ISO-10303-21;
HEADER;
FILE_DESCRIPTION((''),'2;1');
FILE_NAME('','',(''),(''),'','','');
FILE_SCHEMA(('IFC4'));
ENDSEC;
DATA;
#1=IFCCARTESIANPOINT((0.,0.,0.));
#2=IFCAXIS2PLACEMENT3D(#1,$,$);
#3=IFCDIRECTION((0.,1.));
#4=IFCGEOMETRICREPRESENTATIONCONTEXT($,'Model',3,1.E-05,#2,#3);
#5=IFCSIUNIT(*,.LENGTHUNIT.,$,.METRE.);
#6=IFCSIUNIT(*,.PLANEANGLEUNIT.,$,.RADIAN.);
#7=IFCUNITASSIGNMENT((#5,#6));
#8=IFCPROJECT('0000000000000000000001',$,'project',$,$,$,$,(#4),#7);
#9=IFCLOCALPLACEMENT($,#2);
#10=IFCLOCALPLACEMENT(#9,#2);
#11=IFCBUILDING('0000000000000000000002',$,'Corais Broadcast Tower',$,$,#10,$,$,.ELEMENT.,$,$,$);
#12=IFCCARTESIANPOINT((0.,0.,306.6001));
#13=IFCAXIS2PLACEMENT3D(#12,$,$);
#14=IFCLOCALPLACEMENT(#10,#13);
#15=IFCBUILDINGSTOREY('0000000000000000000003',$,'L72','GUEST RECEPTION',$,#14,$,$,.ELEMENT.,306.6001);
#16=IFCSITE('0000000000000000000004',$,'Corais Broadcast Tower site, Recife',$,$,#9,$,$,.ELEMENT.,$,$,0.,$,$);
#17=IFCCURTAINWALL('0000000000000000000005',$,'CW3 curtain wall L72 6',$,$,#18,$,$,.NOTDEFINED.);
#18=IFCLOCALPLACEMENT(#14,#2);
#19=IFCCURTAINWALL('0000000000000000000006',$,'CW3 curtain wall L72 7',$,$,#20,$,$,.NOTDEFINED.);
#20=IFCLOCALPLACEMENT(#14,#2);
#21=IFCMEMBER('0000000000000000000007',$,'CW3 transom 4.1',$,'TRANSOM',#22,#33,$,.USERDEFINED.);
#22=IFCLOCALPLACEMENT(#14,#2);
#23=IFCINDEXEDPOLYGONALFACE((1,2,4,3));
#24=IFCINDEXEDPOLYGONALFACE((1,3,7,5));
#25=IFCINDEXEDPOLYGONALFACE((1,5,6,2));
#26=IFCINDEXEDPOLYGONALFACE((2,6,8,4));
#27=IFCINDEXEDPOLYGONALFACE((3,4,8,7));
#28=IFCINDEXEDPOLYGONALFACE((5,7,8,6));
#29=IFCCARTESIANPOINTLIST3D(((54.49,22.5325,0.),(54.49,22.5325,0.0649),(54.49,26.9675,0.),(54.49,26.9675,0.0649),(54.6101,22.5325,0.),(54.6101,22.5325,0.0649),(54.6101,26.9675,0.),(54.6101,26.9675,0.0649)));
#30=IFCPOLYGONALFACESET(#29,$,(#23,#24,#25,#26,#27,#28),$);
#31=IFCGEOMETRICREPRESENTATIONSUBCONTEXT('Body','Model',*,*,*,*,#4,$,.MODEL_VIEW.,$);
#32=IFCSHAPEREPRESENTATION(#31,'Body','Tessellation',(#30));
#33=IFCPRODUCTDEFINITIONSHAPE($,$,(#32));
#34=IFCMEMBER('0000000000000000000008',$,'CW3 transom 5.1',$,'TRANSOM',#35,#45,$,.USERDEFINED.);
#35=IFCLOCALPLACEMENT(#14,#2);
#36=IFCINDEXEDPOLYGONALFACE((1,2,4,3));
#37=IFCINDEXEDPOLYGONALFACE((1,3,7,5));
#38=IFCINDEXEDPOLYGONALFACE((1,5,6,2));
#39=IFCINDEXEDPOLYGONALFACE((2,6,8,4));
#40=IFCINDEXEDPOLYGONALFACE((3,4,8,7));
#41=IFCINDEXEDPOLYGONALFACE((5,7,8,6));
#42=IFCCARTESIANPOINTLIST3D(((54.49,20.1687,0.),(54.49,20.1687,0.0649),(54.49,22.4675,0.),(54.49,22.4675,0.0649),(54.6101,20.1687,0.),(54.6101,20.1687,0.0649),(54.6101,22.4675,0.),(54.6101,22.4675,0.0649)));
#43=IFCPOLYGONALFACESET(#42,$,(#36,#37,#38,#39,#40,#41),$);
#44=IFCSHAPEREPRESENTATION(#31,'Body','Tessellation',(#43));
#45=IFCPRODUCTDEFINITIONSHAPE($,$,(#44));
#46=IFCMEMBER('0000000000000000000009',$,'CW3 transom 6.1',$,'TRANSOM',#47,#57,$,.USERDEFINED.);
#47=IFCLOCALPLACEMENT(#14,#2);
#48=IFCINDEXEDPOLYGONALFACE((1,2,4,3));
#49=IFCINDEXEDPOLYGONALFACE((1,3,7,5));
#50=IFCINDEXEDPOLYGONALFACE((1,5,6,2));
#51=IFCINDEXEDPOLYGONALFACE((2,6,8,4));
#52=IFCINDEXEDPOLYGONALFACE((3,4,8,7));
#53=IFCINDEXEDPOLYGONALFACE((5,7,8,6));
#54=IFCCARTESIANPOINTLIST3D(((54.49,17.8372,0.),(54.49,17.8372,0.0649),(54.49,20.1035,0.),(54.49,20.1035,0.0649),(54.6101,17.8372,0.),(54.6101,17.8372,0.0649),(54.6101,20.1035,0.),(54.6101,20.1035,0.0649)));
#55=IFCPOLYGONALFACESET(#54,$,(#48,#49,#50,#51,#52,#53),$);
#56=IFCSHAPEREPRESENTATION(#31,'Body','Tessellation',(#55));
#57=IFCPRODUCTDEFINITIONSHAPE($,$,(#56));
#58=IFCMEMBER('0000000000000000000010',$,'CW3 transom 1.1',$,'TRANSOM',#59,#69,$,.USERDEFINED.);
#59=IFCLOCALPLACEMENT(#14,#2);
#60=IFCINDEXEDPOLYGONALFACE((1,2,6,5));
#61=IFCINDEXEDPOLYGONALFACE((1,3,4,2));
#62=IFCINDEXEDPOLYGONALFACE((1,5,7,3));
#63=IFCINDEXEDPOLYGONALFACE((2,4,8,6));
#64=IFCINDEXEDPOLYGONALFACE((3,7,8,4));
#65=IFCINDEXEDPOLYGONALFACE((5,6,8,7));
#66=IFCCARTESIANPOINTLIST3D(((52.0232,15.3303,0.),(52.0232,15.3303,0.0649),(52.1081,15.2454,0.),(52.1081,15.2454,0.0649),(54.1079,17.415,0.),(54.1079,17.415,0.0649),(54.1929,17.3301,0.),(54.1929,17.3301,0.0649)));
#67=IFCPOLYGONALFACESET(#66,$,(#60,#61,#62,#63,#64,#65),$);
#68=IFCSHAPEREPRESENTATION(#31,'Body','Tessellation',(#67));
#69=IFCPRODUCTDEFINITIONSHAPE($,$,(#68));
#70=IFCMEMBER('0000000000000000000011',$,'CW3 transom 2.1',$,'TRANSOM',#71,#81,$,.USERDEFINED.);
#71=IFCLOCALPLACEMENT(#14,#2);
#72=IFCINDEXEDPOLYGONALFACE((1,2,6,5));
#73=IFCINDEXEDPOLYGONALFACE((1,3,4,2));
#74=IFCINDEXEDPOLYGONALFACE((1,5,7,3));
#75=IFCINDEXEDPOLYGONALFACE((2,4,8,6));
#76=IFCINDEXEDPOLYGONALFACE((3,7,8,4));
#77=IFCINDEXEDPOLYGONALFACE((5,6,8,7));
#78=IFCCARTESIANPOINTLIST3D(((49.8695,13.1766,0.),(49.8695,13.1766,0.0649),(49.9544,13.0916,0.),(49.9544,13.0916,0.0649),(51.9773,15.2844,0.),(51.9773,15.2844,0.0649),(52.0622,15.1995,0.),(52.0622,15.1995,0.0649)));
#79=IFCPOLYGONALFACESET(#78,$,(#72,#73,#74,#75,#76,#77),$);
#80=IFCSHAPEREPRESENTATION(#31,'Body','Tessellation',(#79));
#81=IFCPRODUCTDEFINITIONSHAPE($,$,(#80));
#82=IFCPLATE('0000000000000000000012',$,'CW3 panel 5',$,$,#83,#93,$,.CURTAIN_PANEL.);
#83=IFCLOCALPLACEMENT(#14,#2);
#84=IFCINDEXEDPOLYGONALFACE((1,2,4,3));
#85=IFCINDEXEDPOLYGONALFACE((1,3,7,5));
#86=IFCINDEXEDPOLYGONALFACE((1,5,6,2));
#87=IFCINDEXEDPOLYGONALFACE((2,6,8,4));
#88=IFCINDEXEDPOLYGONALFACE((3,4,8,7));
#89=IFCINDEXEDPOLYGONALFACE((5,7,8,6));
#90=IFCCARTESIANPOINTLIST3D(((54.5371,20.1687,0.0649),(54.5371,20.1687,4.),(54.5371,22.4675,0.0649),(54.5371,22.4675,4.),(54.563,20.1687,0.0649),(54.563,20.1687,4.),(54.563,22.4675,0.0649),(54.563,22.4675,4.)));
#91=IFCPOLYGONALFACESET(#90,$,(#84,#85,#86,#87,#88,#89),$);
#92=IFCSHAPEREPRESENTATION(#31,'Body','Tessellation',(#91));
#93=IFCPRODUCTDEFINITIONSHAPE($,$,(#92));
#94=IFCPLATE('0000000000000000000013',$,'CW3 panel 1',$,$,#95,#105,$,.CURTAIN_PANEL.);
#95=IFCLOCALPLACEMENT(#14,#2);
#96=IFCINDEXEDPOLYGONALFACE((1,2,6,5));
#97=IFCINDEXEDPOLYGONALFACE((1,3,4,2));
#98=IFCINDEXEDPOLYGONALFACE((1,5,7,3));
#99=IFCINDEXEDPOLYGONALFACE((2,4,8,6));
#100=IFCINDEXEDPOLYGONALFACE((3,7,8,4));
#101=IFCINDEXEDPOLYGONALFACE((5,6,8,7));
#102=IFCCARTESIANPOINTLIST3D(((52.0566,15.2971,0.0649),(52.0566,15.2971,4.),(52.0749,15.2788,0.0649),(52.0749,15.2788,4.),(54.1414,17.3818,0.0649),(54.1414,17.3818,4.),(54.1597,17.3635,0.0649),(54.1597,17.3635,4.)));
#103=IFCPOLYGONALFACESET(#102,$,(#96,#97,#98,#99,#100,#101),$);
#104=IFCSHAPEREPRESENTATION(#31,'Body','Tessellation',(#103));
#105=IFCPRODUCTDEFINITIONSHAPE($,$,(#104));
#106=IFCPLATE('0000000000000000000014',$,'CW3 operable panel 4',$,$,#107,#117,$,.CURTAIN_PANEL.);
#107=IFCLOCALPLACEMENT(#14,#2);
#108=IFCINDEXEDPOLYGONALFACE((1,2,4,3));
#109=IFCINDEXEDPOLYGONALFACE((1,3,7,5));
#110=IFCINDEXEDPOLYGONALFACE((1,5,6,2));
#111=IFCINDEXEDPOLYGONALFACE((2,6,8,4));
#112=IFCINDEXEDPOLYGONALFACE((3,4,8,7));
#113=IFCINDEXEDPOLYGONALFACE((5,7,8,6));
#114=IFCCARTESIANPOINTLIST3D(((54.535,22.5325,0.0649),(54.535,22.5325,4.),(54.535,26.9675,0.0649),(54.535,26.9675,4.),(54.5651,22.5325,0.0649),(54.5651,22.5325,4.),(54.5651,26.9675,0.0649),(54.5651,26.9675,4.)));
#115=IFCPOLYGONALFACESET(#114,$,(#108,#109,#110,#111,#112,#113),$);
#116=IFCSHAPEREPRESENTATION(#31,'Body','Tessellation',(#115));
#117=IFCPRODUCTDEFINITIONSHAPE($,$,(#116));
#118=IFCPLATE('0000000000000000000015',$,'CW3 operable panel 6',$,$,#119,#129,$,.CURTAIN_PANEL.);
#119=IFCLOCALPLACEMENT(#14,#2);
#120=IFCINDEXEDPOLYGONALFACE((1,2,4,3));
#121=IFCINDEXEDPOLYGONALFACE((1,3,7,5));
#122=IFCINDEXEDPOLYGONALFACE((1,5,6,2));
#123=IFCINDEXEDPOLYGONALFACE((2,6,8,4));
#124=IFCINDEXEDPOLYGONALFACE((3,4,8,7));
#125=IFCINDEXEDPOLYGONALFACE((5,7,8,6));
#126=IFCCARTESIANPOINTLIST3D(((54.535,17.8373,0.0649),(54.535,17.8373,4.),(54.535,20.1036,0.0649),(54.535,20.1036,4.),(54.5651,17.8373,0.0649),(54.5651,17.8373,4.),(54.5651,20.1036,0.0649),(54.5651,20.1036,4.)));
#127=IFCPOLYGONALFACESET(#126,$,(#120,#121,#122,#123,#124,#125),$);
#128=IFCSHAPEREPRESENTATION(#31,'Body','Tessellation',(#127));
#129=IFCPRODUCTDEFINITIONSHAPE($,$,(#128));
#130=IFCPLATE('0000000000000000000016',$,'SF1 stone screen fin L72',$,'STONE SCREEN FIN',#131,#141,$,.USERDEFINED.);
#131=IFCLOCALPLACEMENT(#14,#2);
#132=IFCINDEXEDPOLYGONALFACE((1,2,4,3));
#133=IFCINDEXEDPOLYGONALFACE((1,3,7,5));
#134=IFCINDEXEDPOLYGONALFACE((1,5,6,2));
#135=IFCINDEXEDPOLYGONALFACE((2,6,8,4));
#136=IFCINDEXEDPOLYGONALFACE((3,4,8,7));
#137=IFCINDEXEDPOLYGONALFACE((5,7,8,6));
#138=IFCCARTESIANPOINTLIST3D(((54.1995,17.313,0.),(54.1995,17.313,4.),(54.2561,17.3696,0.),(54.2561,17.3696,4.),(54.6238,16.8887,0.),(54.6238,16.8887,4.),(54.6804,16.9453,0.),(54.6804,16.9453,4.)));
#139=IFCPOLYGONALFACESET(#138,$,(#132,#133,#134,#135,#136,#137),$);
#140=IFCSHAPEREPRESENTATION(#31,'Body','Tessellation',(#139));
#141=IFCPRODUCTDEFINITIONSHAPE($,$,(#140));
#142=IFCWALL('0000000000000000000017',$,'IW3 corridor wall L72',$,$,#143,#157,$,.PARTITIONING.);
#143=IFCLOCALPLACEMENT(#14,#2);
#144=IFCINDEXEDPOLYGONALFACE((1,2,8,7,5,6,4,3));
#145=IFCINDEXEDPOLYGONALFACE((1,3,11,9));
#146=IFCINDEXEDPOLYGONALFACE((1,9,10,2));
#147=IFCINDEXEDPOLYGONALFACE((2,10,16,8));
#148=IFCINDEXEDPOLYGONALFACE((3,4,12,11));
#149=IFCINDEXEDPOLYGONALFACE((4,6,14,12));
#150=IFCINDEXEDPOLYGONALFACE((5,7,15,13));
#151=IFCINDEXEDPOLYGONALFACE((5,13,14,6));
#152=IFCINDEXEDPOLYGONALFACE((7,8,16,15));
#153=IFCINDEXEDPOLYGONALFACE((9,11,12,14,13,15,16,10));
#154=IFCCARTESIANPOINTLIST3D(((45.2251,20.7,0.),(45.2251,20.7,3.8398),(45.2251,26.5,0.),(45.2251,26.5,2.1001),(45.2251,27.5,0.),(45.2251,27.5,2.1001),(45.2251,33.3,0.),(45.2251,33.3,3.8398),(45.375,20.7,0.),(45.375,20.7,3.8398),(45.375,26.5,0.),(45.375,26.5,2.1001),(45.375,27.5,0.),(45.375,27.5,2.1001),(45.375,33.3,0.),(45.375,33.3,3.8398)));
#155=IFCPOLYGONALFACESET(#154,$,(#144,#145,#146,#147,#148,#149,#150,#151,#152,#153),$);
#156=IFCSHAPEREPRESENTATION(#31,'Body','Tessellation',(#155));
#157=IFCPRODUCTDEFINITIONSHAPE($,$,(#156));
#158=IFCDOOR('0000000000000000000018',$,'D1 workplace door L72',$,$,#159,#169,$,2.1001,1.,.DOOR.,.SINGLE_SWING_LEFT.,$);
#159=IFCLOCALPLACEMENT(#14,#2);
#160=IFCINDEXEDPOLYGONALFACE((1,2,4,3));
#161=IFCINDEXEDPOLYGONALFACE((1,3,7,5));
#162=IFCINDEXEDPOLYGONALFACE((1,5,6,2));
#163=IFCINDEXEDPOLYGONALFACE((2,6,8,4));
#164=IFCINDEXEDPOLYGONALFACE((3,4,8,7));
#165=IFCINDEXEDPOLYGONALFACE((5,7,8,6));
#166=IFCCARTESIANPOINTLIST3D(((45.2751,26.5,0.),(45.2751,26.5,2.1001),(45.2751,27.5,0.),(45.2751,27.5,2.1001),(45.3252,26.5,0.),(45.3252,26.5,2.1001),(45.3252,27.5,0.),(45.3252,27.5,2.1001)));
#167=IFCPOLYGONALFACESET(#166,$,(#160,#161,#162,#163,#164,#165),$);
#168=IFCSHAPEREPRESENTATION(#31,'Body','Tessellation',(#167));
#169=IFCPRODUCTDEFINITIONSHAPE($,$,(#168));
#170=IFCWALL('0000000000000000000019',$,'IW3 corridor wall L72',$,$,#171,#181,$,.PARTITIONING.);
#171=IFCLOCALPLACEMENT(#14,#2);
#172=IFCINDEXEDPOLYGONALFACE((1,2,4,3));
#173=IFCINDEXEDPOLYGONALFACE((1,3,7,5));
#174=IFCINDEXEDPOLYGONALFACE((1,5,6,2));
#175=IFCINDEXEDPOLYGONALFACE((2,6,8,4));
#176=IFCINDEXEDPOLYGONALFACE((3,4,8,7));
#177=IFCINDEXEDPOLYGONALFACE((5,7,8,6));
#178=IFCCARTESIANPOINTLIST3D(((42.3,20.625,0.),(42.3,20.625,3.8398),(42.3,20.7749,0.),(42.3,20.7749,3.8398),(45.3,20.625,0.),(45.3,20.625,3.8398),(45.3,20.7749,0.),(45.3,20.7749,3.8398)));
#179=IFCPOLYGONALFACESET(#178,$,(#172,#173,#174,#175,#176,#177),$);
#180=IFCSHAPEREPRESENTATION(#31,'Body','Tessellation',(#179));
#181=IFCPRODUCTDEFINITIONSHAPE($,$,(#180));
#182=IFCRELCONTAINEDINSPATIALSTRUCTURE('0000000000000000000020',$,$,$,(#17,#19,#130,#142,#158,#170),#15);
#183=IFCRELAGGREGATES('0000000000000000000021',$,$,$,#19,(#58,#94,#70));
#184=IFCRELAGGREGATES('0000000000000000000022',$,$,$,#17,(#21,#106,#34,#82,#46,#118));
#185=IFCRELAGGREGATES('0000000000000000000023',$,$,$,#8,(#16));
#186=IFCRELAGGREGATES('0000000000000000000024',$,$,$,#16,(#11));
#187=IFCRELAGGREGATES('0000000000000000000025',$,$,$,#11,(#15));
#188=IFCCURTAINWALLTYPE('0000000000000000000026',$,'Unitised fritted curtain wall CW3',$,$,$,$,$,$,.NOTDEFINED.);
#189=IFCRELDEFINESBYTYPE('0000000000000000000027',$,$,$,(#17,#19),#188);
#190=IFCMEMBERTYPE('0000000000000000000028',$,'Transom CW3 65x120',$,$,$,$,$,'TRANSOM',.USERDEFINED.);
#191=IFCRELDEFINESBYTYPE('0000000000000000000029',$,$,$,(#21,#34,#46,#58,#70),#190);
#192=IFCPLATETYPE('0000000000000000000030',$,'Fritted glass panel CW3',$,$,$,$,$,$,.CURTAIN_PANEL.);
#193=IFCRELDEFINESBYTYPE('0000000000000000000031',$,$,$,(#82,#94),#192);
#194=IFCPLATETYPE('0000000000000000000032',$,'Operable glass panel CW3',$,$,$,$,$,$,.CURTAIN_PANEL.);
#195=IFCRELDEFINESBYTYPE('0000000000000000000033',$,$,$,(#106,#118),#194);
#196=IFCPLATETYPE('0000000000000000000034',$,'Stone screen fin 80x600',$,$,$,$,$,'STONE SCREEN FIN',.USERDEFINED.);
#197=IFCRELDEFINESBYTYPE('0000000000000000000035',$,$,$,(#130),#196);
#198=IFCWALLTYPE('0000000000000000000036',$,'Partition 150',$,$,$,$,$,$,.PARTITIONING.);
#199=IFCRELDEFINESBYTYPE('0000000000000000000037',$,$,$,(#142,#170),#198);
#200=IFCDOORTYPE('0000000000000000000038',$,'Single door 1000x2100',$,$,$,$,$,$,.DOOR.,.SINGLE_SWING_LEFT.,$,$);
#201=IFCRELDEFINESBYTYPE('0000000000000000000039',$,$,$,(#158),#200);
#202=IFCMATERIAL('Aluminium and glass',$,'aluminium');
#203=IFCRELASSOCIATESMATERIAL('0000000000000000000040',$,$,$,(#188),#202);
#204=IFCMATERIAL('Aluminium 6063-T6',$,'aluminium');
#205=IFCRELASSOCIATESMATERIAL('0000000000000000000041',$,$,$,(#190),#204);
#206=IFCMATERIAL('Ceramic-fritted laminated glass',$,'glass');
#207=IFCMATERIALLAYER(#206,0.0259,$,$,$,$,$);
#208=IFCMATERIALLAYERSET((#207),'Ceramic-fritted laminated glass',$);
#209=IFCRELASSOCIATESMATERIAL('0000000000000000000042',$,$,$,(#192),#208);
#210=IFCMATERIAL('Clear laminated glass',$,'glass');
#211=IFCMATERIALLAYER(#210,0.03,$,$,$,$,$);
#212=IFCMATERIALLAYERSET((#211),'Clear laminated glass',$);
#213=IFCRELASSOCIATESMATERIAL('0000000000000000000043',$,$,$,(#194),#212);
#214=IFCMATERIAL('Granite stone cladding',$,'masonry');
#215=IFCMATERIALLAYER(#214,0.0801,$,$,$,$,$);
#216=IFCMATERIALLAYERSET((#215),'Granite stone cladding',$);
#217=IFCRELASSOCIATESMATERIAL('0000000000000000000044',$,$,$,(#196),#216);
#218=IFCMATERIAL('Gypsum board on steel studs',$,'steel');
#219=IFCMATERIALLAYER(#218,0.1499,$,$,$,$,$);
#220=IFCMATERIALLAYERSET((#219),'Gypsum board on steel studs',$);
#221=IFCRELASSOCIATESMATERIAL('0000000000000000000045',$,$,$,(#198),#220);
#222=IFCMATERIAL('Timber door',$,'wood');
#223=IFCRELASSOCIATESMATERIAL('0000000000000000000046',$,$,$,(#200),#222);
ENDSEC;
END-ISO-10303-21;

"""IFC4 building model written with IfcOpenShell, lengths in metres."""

from ifc_helpers import new_model, si_unit, direction, frame, frame_2d, origin, origin_2d, place, context, subcontext, project, spatial, rectangle, extrude, material, layer, layer_set, material_profile, profile_set, type_object, element, fill, aggregate, save


model = new_model("IFC4")

# Units and contexts
model_context = context("Model", 3, precision=1e-05, world=origin(), true_north=direction((0.0, 1.0)))
body_context = subcontext(model_context, "Body", "Model", "MODEL_VIEW")
ifc_project = project(units=[si_unit("LENGTHUNIT", "METRE"), si_unit("PLANEANGLEUNIT", "RADIAN")], contexts=[model_context])

# Site, building, storey
site_placement = place(None, origin())
site = spatial("IfcSite", under=ifc_project, at=site_placement, Name="Corais Broadcast Tower site, Recife", CompositionType="ELEMENT", RefElevation=0.0)
building_placement = place(site_placement, origin())
building = spatial("IfcBuilding", under=site, at=building_placement, Name="Corais Broadcast Tower", CompositionType="ELEMENT")
storey_placement = place(building_placement, frame((0.0, 0.0, 306.6001)))
storey = spatial("IfcBuildingStorey", under=building, at=storey_placement, Name="L72", Description="GUEST RECEPTION", CompositionType="ELEMENT", Elevation=306.6001)

# Curtain walls
ifc_material_1 = material(Name="Aluminium and glass", Category="aluminium")
curtain_wall_type = type_object("IfcCurtainWallType", Name="Unitised fritted curtain wall CW3", PredefinedType="NOTDEFINED", material=ifc_material_1)
curtain_wall_1_placement = place(storey_placement, origin())
curtain_wall_1 = element("IfcCurtainWall", 1, at=curtain_wall_1_placement, inside=storey, type_object=curtain_wall_type, Name="CW3 curtain wall L72 6", PredefinedType="NOTDEFINED")
curtain_wall_2_placement = place(storey_placement, origin())
curtain_wall_2 = element("IfcCurtainWall", 2, at=curtain_wall_2_placement, inside=storey, type_object=curtain_wall_type, Name="CW3 curtain wall L72 7", PredefinedType="NOTDEFINED")

# Members
ifc_material_2 = material(Name="Aluminium 6063-T6", Category="aluminium")
ifc_material_profile_1 = material_profile(ifc_material_2, rectangle(XDim=0.1201, YDim=0.0649, at=origin_2d()), Name="Transom CW3 65x120")
ifc_profile_set_1 = profile_set([ifc_material_profile_1], Name="Aluminium 6063-T6")
member_type_1 = type_object("IfcMemberType", Name="Transom CW3 65x120", ElementType="TRANSOM", PredefinedType="USERDEFINED", material=ifc_profile_set_1)
member_1_placement = place(storey_placement, frame((54.55, 26.9675, 0.0325), z_axis=(0.0, -1.0, 0.0), x_axis=(1.0, 0.0, 0.0)))
member_1 = element("IfcMember", 3, at=member_1_placement, type_object=member_type_1, Name="CW3 transom 4.1", ObjectType="TRANSOM", PredefinedType="USERDEFINED", context=body_context, shape_type="SweptSolid", body=[
    extrude(rectangle(XDim=0.1201, YDim=0.0649, at=origin_2d()), origin(), (0.0, 0.0, 1.0), 4.4351),
])
member_2_placement = place(storey_placement, frame((54.55, 22.4675, 0.0325), z_axis=(0.0, -1.0, 0.0), x_axis=(1.0, 0.0, 0.0)))
member_2 = element("IfcMember", 4, at=member_2_placement, type_object=member_type_1, Name="CW3 transom 5.1", ObjectType="TRANSOM", PredefinedType="USERDEFINED", context=body_context, shape_type="SweptSolid", body=[
    extrude(rectangle(XDim=0.1201, YDim=0.0649, at=origin_2d()), origin(), (0.0, 0.0, 1.0), 2.2988),
])
member_3_placement = place(storey_placement, frame((54.55, 20.1035, 0.0325), z_axis=(0.0, -1.0, 0.0), x_axis=(1.0, 0.0, 0.0)))
member_3 = element("IfcMember", 5, at=member_3_placement, type_object=member_type_1, Name="CW3 transom 6.1", ObjectType="TRANSOM", PredefinedType="USERDEFINED", context=body_context, shape_type="SweptSolid", body=[
    extrude(rectangle(XDim=0.1201, YDim=0.0649, at=origin_2d()), origin(), (0.0, 0.0, 1.0), 2.2664),
])
member_4_placement = place(storey_placement, frame((54.1504, 17.3726, 0.0325), z_axis=(-0.707107, -0.707107, 0.0), x_axis=(0.707107, -0.707107, 0.0)))
member_4 = element("IfcMember", 6, at=member_4_placement, type_object=member_type_1, Name="CW3 transom 1.1", ObjectType="TRANSOM", PredefinedType="USERDEFINED", context=body_context, shape_type="SweptSolid", body=[
    extrude(rectangle(XDim=0.1201, YDim=0.0649, at=origin_2d()), origin(), (0.0, 0.0, 1.0), 2.9482),
])
member_5_placement = place(storey_placement, frame((52.0198, 15.2419, 0.0325), z_axis=(-0.707107, -0.707107, 0.0), x_axis=(0.707107, -0.707107, 0.0)))
member_5 = element("IfcMember", 7, at=member_5_placement, type_object=member_type_1, Name="CW3 transom 2.1", ObjectType="TRANSOM", PredefinedType="USERDEFINED", context=body_context, shape_type="SweptSolid", body=[
    extrude(rectangle(XDim=0.1201, YDim=0.0649, at=origin_2d()), origin(), (0.0, 0.0, 1.0), 2.981),
])

# Plates
ifc_material_3 = material(Name="Ceramic-fritted laminated glass", Category="glass")
ifc_layer_1 = layer(ifc_material_3, 0.0259)
ifc_layer_set_1 = layer_set([ifc_layer_1], Name="Ceramic-fritted laminated glass")
plate_type_1 = type_object("IfcPlateType", Name="Fritted glass panel CW3", PredefinedType="CURTAIN_PANEL", material=ifc_layer_set_1)
plate_1_placement = place(storey_placement, frame((54.55, 21.3181, 0.0649), z_axis=(0.0, 0.0, 1.0), x_axis=(0.0, -1.0, 0.0)))
plate_1 = element("IfcPlate", 8, at=plate_1_placement, type_object=plate_type_1, Name="CW3 panel 5", PredefinedType="CURTAIN_PANEL", context=body_context, shape_type="SweptSolid", body=[
    extrude(rectangle(XDim=2.2988, YDim=0.0259, at=origin_2d()), origin(), (0.0, 0.0, 1.0), 3.9351),
])
plate_2_placement = place(storey_placement, frame((53.1082, 16.3303, 0.0649), z_axis=(0.0, 0.0, 1.0), x_axis=(-0.707107, -0.707107, 0.0)))
plate_2 = element("IfcPlate", 9, at=plate_2_placement, type_object=plate_type_1, Name="CW3 panel 1", PredefinedType="CURTAIN_PANEL", context=body_context, shape_type="SweptSolid", body=[
    extrude(rectangle(XDim=2.9482, YDim=0.0259, at=origin_2d()), origin(), (0.0, 0.0, 1.0), 3.9351),
])
aggregate(curtain_wall_2, [member_4, plate_2, member_5])
ifc_material_4 = material(Name="Clear laminated glass", Category="glass")
ifc_layer_2 = layer(ifc_material_4, 0.03)
ifc_layer_set_2 = layer_set([ifc_layer_2], Name="Clear laminated glass")
plate_type_2 = type_object("IfcPlateType", Name="Operable glass panel CW3", PredefinedType="CURTAIN_PANEL", material=ifc_layer_set_2)
plate_3_placement = place(storey_placement, frame((54.55, 24.75, 0.0649), z_axis=(0.0, 0.0, 1.0), x_axis=(0.0, -1.0, 0.0)))
plate_3 = element("IfcPlate", 10, at=plate_3_placement, type_object=plate_type_2, Name="CW3 operable panel 4", PredefinedType="CURTAIN_PANEL", context=body_context, shape_type="SweptSolid", body=[
    extrude(rectangle(XDim=4.4351, YDim=0.03, at=origin_2d()), origin(), (0.0, 0.0, 1.0), 3.9351),
])
plate_4_placement = place(storey_placement, frame((54.55, 18.9705, 0.0649), z_axis=(0.0, 0.0, 1.0), x_axis=(0.0, -1.0, 0.0)))
plate_4 = element("IfcPlate", 11, at=plate_4_placement, type_object=plate_type_2, Name="CW3 operable panel 6", PredefinedType="CURTAIN_PANEL", context=body_context, shape_type="SweptSolid", body=[
    extrude(rectangle(XDim=2.2664, YDim=0.03, at=origin_2d()), origin(), (0.0, 0.0, 1.0), 3.9351),
])
aggregate(curtain_wall_1, [member_1, plate_3, member_2, plate_1, member_3, plate_4])
ifc_material_5 = material(Name="Granite stone cladding", Category="masonry")
ifc_layer_3 = layer(ifc_material_5, 0.0801)
ifc_layer_set_3 = layer_set([ifc_layer_3], Name="Granite stone cladding")
plate_type_3 = type_object("IfcPlateType", Name="Stone screen fin 80x600", ElementType="STONE SCREEN FIN", PredefinedType="USERDEFINED", material=ifc_layer_set_3)
plate_5_placement = place(storey_placement, frame((54.4399, 17.1292, 0.0), z_axis=(0.0, 0.0, 1.0), x_axis=(-0.707107, -0.707107, 0.0)))
element("IfcPlate", 12, at=plate_5_placement, inside=storey, type_object=plate_type_3, Name="SF1 stone screen fin L72", ObjectType="STONE SCREEN FIN", PredefinedType="USERDEFINED", context=body_context, shape_type="SweptSolid", body=[
    extrude(rectangle(XDim=0.0801, YDim=0.6001, at=origin_2d()), origin(), (0.0, 0.0, 1.0), 4.0),
])

# Wall, opening, door
ifc_material_6 = material(Name="Gypsum board on steel studs", Category="steel")
ifc_layer_4 = layer(ifc_material_6, 0.1499)
ifc_layer_set_4 = layer_set([ifc_layer_4], Name="Gypsum board on steel studs")
wall_type = type_object("IfcWallType", Name="Partition 150", PredefinedType="PARTITIONING", material=ifc_layer_set_4)
wall_1_placement = place(storey_placement, frame((45.3, 20.7, 0.0), z_axis=(0.0, 0.0, 1.0), x_axis=(0.0, 1.0, 0.0)))
wall_1 = element("IfcWall", 13, at=wall_1_placement, inside=storey, type_object=wall_type, Name="IW3 corridor wall L72", PredefinedType="PARTITIONING", context=body_context, shape_type="SweptSolid", body=[
    extrude(rectangle(XDim=12.6001, YDim=0.1499, at=frame_2d((6.3, 0.0))), origin(), (0.0, 0.0, 1.0), 3.8398),
])
opening_placement = place(wall_1_placement, frame((5.8, 0.0, 0.0)))
opening = element("IfcOpeningElement", 14, at=opening_placement, cuts=wall_1, PredefinedType="OPENING", context=body_context, shape_type="SweptSolid", body=[
    extrude(rectangle(XDim=1.0, YDim=2.1001, at=frame_2d((0.5, 1.05))), frame((0.0, 0.085, 0.0), z_axis=(0.0, -1.0, 0.0), x_axis=(1.0, 0.0, 0.0)), (0.0, 0.0, 1.0), 0.1699),
])
ifc_material_7 = material(Name="Timber door", Category="wood")
door_type = type_object("IfcDoorType", Name="Single door 1000x2100", OperationType="SINGLE_SWING_LEFT", PredefinedType="DOOR", material=ifc_material_7)
door_placement = place(opening_placement, origin())
door = element("IfcDoor", 15, at=door_placement, inside=storey, type_object=door_type, Name="D1 workplace door L72", OperationType="SINGLE_SWING_LEFT", OverallHeight=2.1001, OverallWidth=1.0, PredefinedType="DOOR", context=body_context, shape_type="SweptSolid", body=[
    extrude(rectangle(XDim=1.0, YDim=2.1001, at=frame_2d((0.5, 1.05))), frame((0.0, 0.0249, 0.0), z_axis=(0.0, -1.0, 0.0), x_axis=(1.0, 0.0, 0.0)), (0.0, 0.0, 1.0), 0.05),
])
fill(opening, door)

# Wall
wall_2_placement = place(storey_placement, frame((42.3, 20.7, 0.0), z_axis=(0.0, 0.0, 1.0), x_axis=(1.0, 0.0, 0.0)))
element("IfcWall", 16, at=wall_2_placement, inside=storey, type_object=wall_type, Name="IW3 corridor wall L72", PredefinedType="PARTITIONING", context=body_context, shape_type="SweptSolid", body=[
    extrude(rectangle(XDim=3.0, YDim=0.1499, at=frame_2d((1.5, 0.0))), origin(), (0.0, 0.0, 1.0), 3.8398),
])

save(model, "model.ifc")
